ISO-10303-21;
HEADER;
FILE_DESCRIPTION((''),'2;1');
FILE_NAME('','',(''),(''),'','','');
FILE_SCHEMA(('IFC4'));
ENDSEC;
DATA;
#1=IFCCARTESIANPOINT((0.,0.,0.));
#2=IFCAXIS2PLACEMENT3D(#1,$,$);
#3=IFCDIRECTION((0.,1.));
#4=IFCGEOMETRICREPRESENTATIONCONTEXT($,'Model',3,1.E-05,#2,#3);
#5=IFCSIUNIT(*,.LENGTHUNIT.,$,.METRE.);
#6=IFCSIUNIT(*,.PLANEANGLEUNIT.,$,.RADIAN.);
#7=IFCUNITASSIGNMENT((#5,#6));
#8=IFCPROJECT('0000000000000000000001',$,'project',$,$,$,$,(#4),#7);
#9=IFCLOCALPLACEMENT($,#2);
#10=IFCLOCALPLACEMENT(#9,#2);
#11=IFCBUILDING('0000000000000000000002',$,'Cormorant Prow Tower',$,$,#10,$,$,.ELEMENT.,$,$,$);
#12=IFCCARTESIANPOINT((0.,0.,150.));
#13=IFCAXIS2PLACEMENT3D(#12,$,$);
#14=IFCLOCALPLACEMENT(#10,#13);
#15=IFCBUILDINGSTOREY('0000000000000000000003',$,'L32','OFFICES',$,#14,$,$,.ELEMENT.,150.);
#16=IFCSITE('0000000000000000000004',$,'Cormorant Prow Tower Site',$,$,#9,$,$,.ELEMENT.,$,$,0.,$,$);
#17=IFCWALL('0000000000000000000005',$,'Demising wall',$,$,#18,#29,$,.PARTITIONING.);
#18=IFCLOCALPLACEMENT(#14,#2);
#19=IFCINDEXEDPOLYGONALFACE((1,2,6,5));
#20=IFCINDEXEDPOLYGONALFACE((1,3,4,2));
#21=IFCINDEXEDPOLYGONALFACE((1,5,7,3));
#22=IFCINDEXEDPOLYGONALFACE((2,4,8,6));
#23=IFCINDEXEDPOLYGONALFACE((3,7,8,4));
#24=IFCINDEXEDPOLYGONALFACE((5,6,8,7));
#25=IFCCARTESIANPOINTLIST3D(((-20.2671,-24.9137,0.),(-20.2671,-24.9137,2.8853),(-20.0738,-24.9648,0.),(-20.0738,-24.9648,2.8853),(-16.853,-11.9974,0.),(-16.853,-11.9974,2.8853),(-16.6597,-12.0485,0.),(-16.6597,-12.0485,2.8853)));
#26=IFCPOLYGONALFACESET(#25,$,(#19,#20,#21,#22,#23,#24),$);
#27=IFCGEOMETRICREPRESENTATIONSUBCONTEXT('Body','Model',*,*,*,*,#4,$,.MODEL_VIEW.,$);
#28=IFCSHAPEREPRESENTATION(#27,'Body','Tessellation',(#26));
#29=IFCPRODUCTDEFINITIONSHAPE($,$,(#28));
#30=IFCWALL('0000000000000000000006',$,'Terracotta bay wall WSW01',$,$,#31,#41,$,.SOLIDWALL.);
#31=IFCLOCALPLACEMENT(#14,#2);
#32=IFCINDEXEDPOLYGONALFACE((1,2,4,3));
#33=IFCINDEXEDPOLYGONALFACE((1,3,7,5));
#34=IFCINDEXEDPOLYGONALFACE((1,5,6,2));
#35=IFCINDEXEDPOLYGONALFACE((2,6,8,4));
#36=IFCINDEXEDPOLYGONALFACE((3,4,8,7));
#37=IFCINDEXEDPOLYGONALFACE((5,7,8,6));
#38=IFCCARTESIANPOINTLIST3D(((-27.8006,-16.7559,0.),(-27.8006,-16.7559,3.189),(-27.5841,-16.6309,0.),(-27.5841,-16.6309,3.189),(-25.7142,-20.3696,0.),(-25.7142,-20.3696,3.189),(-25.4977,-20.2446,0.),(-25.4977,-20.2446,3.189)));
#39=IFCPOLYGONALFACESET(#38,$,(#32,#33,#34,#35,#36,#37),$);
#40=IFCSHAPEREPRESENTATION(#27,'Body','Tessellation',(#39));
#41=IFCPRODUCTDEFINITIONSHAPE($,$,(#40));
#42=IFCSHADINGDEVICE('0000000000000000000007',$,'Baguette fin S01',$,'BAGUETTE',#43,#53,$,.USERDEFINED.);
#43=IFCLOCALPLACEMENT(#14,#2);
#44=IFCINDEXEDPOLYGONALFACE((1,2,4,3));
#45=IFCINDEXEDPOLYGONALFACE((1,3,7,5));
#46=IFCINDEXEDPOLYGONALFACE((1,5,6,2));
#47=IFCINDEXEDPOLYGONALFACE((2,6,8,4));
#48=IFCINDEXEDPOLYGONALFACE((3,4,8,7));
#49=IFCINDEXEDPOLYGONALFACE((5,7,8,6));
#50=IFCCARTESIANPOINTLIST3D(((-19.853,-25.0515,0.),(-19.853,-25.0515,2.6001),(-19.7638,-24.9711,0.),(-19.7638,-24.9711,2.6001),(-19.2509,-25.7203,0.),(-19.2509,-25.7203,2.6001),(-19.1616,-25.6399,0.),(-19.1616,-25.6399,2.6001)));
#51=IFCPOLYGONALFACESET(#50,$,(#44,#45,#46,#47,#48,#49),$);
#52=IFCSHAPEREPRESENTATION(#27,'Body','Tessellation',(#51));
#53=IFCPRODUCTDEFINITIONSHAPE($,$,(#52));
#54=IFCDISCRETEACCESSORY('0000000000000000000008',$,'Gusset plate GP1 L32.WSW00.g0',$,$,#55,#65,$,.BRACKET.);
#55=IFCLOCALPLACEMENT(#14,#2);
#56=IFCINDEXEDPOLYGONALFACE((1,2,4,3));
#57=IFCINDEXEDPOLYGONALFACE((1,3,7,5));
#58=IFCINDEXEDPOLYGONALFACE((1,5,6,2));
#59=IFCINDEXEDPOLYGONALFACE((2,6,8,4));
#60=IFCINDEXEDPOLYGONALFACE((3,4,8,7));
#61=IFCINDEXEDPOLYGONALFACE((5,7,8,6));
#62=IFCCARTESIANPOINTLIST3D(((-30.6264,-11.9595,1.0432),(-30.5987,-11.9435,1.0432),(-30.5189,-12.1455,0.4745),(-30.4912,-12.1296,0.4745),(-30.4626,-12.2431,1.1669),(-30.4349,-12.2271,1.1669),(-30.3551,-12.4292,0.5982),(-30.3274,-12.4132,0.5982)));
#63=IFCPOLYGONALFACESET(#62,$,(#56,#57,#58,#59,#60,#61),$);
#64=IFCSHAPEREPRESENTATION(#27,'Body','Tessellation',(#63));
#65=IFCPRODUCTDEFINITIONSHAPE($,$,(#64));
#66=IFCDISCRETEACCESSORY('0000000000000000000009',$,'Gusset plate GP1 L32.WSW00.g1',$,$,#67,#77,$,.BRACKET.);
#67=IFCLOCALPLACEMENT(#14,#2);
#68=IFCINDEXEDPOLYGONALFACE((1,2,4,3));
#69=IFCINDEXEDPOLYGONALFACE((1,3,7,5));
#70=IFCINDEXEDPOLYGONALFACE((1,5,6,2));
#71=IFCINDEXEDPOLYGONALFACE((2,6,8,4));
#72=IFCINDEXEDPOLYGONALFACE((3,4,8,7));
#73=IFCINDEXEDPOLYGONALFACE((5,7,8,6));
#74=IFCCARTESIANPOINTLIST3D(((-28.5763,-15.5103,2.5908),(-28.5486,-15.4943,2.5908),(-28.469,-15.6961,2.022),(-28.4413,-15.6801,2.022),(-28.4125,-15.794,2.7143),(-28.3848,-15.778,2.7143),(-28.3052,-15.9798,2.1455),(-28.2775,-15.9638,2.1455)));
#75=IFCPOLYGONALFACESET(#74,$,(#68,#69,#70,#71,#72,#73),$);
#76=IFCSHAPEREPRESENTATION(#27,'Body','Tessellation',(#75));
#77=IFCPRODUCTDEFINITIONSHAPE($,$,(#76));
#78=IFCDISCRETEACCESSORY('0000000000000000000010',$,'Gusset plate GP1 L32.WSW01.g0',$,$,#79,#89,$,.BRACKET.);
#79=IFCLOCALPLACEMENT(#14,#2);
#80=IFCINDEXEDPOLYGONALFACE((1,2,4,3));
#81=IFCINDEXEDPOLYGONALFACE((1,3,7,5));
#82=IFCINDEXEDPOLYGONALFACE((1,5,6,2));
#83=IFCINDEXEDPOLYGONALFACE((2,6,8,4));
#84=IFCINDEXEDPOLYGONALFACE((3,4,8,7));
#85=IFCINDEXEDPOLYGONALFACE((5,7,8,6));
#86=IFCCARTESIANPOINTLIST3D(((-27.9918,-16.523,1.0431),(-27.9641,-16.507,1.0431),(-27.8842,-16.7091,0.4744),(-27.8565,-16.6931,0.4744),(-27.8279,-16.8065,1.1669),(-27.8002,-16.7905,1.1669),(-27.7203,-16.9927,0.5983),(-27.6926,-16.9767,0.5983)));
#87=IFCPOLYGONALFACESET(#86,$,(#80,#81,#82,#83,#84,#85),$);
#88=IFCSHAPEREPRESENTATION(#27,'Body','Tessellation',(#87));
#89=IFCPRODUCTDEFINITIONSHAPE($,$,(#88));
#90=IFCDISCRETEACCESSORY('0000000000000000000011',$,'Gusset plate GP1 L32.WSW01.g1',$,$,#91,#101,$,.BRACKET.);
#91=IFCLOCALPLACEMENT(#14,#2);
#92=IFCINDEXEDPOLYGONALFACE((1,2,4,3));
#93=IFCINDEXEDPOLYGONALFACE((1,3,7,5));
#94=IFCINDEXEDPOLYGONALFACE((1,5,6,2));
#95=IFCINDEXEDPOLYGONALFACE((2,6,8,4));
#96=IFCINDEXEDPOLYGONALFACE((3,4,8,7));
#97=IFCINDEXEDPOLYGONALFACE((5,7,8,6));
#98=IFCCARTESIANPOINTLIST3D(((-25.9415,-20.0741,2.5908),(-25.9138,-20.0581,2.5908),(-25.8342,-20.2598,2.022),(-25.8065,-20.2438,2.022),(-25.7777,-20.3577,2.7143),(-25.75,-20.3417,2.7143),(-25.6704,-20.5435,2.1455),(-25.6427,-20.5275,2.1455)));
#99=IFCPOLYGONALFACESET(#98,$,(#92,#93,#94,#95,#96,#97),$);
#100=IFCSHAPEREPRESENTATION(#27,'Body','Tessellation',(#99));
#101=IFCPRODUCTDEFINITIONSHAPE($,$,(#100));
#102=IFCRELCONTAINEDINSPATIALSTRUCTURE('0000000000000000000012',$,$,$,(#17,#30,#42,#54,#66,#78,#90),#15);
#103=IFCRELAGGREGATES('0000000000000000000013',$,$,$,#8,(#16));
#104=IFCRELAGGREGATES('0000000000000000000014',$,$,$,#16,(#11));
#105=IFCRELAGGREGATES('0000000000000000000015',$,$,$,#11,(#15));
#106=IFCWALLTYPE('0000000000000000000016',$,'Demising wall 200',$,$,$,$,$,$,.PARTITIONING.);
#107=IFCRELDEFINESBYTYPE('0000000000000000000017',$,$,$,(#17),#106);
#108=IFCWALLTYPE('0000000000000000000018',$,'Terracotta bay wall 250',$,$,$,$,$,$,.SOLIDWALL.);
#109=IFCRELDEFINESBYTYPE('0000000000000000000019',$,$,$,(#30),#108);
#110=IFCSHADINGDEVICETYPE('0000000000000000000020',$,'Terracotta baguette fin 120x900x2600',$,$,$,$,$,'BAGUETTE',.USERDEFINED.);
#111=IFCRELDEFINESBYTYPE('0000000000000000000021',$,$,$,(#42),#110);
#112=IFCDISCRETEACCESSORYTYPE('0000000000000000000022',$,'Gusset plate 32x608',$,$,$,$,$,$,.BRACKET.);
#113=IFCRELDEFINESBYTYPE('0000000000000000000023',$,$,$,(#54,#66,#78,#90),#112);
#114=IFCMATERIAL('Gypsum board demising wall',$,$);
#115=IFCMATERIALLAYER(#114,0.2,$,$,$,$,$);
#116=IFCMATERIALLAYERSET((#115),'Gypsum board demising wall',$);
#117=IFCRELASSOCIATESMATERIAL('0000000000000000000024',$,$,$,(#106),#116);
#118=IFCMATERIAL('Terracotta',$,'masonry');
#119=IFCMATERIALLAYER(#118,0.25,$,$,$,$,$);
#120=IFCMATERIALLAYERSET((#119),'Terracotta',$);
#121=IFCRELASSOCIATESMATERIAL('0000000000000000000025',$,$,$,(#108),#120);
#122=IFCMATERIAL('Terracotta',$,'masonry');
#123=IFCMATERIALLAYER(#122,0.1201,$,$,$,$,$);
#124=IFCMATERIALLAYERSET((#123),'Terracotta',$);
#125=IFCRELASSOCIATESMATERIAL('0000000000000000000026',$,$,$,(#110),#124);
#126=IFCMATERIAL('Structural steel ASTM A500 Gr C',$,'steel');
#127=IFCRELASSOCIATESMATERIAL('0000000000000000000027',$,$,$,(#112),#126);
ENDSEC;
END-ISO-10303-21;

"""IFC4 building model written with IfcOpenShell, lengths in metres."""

from ifc_helpers import new_model, si_unit, direction, frame, frame_2d, origin, origin_2d, place, context, subcontext, project, spatial, rectangle, extrude, material, layer, layer_set, material_profile, profile_set, type_object, element, save


model = new_model("IFC4")

# Units and contexts
model_context = context("Model", 3, precision=1e-05, world=origin(), true_north=direction((0.0, 1.0)))
body_context = subcontext(model_context, "Body", "Model", "MODEL_VIEW")
ifc_project = project(units=[si_unit("LENGTHUNIT", "METRE"), si_unit("PLANEANGLEUNIT", "RADIAN")], contexts=[model_context])

# Site, building, storey
site_placement = place(None, origin())
site = spatial("IfcSite", under=ifc_project, at=site_placement, Name="Cormorant Prow Tower Site", CompositionType="ELEMENT", RefElevation=0.0)
building_placement = place(site_placement, origin())
building = spatial("IfcBuilding", under=site, at=building_placement, Name="Cormorant Prow Tower", CompositionType="ELEMENT")
storey_placement = place(building_placement, frame((0.0, 0.0, 150.0)))
storey = spatial("IfcBuildingStorey", under=building, at=storey_placement, Name="L32", Description="OFFICES", CompositionType="ELEMENT", Elevation=150.0)

# Walls
ifc_material_1 = material(Name="Gypsum board demising wall")
ifc_layer_1 = layer(ifc_material_1, 0.2)
ifc_layer_set_1 = layer_set([ifc_layer_1], Name="Gypsum board demising wall")
wall_type_1 = type_object("IfcWallType", Name="Demising wall 200", PredefinedType="PARTITIONING", material=ifc_layer_set_1)
wall_1_placement = place(storey_placement, frame((-20.1704, -24.9392, 0.0), z_axis=(0.0, 0.0, 1.0), x_axis=(0.255546, 0.966797, 0.0)))
element("IfcWall", 1, at=wall_1_placement, inside=storey, type_object=wall_type_1, Name="Demising wall", PredefinedType="PARTITIONING", context=body_context, shape_type="SweptSolid", body=[
    extrude(rectangle(XDim=13.3599, YDim=0.2, at=frame_2d((6.6799, 0.0))), origin(), (0.0, 0.0, 1.0), 2.8853),
])
ifc_material_2 = material(Name="Terracotta", Category="masonry")
ifc_layer_2 = layer(ifc_material_2, 0.25)
ifc_layer_set_2 = layer_set([ifc_layer_2], Name="Terracotta")
wall_type_2 = type_object("IfcWallType", Name="Terracotta bay wall 250", PredefinedType="SOLIDWALL", material=ifc_layer_set_2)
wall_2_placement = place(storey_placement, frame((-27.6924, -16.6934, 0.0), z_axis=(0.0, 0.0, 1.0), x_axis=(0.500003, -0.866024, 0.0)))
element("IfcWall", 2, at=wall_2_placement, inside=storey, type_object=wall_type_2, Name="Terracotta bay wall WSW01", PredefinedType="SOLIDWALL", context=body_context, shape_type="SweptSolid", body=[
    extrude(rectangle(XDim=4.1729, YDim=0.25, at=frame_2d((2.0864, 0.0))), origin(), (0.0, 0.0, 1.0), 3.189),
])

# Shading device
ifc_material_3 = material(Name="Terracotta", Category="masonry")
ifc_layer_3 = layer(ifc_material_3, 0.1201)
ifc_layer_set_3 = layer_set([ifc_layer_3], Name="Terracotta")
shading_device_type = type_object("IfcShadingDeviceType", Name="Terracotta baguette fin 120x900x2600", ElementType="BAGUETTE", PredefinedType="USERDEFINED", material=ifc_layer_set_3)
shading_device_placement = place(storey_placement, frame((-19.5073, -25.3457, 0.0), z_axis=(0.0, 0.0, 1.0), x_axis=(0.743145, 0.669131, 0.0)))
element("IfcShadingDevice", 3, at=shading_device_placement, inside=storey, type_object=shading_device_type, Name="Baguette fin S01", ObjectType="BAGUETTE", PredefinedType="USERDEFINED", context=body_context, shape_type="SweptSolid", body=[
    extrude(rectangle(XDim=0.1201, YDim=0.8999, at=origin_2d()), origin(), (0.0, 0.0, 1.0), 2.6001),
])

# Discrete accessories
ifc_material_4 = material(Name="Structural steel ASTM A500 Gr C", Category="steel")
ifc_material_profile_1 = material_profile(ifc_material_4, rectangle(XDim=0.032, YDim=0.6079, at=origin_2d()), Name="Gusset plate 32x608")
ifc_profile_set_1 = profile_set([ifc_material_profile_1], Name="Structural steel ASTM A500 Gr C")
discrete_accessory_type = type_object("IfcDiscreteAccessoryType", Name="Gusset plate 32x608", PredefinedType="BRACKET", material=ifc_profile_set_1)
for number, where, z_axis, x_axis, name in (
    (4, (-30.395, -12.3281, 0.8826), (-0.467788, 0.810089, -0.353455), (-0.865987, -0.500067, 0.0), "Gusset plate GP1 L32.WSW00.g0"),
    (5, (-28.5088, -15.5952, 2.3064), (0.467903, -0.810288, 0.352845), (0.865987, 0.500067, 0.0), "Gusset plate GP1 L32.WSW00.g1"),
    (6, (-27.7603, -16.8916, 0.8826), (-0.468052, 0.809849, -0.353655), (-0.8658, -0.500389, 0.0), "Gusset plate GP1 L32.WSW01.g0"),
    (7, (-25.874, -20.1589, 2.3064), (0.467903, -0.810288, 0.352845), (0.865987, 0.500067, 0.0), "Gusset plate GP1 L32.WSW01.g1"),
):
    element("IfcDiscreteAccessory", number, at=place(storey_placement, frame(where, z_axis=z_axis, x_axis=x_axis)), inside=storey, type_object=discrete_accessory_type, Name=name, PredefinedType="BRACKET", context=body_context, shape_type="SweptSolid", body=[
        extrude(rectangle(XDim=0.032, YDim=0.6079, at=origin_2d()), origin(), (0.0, 0.0, 1.0), 0.3501),
    ])

save(model, "model.ifc")
